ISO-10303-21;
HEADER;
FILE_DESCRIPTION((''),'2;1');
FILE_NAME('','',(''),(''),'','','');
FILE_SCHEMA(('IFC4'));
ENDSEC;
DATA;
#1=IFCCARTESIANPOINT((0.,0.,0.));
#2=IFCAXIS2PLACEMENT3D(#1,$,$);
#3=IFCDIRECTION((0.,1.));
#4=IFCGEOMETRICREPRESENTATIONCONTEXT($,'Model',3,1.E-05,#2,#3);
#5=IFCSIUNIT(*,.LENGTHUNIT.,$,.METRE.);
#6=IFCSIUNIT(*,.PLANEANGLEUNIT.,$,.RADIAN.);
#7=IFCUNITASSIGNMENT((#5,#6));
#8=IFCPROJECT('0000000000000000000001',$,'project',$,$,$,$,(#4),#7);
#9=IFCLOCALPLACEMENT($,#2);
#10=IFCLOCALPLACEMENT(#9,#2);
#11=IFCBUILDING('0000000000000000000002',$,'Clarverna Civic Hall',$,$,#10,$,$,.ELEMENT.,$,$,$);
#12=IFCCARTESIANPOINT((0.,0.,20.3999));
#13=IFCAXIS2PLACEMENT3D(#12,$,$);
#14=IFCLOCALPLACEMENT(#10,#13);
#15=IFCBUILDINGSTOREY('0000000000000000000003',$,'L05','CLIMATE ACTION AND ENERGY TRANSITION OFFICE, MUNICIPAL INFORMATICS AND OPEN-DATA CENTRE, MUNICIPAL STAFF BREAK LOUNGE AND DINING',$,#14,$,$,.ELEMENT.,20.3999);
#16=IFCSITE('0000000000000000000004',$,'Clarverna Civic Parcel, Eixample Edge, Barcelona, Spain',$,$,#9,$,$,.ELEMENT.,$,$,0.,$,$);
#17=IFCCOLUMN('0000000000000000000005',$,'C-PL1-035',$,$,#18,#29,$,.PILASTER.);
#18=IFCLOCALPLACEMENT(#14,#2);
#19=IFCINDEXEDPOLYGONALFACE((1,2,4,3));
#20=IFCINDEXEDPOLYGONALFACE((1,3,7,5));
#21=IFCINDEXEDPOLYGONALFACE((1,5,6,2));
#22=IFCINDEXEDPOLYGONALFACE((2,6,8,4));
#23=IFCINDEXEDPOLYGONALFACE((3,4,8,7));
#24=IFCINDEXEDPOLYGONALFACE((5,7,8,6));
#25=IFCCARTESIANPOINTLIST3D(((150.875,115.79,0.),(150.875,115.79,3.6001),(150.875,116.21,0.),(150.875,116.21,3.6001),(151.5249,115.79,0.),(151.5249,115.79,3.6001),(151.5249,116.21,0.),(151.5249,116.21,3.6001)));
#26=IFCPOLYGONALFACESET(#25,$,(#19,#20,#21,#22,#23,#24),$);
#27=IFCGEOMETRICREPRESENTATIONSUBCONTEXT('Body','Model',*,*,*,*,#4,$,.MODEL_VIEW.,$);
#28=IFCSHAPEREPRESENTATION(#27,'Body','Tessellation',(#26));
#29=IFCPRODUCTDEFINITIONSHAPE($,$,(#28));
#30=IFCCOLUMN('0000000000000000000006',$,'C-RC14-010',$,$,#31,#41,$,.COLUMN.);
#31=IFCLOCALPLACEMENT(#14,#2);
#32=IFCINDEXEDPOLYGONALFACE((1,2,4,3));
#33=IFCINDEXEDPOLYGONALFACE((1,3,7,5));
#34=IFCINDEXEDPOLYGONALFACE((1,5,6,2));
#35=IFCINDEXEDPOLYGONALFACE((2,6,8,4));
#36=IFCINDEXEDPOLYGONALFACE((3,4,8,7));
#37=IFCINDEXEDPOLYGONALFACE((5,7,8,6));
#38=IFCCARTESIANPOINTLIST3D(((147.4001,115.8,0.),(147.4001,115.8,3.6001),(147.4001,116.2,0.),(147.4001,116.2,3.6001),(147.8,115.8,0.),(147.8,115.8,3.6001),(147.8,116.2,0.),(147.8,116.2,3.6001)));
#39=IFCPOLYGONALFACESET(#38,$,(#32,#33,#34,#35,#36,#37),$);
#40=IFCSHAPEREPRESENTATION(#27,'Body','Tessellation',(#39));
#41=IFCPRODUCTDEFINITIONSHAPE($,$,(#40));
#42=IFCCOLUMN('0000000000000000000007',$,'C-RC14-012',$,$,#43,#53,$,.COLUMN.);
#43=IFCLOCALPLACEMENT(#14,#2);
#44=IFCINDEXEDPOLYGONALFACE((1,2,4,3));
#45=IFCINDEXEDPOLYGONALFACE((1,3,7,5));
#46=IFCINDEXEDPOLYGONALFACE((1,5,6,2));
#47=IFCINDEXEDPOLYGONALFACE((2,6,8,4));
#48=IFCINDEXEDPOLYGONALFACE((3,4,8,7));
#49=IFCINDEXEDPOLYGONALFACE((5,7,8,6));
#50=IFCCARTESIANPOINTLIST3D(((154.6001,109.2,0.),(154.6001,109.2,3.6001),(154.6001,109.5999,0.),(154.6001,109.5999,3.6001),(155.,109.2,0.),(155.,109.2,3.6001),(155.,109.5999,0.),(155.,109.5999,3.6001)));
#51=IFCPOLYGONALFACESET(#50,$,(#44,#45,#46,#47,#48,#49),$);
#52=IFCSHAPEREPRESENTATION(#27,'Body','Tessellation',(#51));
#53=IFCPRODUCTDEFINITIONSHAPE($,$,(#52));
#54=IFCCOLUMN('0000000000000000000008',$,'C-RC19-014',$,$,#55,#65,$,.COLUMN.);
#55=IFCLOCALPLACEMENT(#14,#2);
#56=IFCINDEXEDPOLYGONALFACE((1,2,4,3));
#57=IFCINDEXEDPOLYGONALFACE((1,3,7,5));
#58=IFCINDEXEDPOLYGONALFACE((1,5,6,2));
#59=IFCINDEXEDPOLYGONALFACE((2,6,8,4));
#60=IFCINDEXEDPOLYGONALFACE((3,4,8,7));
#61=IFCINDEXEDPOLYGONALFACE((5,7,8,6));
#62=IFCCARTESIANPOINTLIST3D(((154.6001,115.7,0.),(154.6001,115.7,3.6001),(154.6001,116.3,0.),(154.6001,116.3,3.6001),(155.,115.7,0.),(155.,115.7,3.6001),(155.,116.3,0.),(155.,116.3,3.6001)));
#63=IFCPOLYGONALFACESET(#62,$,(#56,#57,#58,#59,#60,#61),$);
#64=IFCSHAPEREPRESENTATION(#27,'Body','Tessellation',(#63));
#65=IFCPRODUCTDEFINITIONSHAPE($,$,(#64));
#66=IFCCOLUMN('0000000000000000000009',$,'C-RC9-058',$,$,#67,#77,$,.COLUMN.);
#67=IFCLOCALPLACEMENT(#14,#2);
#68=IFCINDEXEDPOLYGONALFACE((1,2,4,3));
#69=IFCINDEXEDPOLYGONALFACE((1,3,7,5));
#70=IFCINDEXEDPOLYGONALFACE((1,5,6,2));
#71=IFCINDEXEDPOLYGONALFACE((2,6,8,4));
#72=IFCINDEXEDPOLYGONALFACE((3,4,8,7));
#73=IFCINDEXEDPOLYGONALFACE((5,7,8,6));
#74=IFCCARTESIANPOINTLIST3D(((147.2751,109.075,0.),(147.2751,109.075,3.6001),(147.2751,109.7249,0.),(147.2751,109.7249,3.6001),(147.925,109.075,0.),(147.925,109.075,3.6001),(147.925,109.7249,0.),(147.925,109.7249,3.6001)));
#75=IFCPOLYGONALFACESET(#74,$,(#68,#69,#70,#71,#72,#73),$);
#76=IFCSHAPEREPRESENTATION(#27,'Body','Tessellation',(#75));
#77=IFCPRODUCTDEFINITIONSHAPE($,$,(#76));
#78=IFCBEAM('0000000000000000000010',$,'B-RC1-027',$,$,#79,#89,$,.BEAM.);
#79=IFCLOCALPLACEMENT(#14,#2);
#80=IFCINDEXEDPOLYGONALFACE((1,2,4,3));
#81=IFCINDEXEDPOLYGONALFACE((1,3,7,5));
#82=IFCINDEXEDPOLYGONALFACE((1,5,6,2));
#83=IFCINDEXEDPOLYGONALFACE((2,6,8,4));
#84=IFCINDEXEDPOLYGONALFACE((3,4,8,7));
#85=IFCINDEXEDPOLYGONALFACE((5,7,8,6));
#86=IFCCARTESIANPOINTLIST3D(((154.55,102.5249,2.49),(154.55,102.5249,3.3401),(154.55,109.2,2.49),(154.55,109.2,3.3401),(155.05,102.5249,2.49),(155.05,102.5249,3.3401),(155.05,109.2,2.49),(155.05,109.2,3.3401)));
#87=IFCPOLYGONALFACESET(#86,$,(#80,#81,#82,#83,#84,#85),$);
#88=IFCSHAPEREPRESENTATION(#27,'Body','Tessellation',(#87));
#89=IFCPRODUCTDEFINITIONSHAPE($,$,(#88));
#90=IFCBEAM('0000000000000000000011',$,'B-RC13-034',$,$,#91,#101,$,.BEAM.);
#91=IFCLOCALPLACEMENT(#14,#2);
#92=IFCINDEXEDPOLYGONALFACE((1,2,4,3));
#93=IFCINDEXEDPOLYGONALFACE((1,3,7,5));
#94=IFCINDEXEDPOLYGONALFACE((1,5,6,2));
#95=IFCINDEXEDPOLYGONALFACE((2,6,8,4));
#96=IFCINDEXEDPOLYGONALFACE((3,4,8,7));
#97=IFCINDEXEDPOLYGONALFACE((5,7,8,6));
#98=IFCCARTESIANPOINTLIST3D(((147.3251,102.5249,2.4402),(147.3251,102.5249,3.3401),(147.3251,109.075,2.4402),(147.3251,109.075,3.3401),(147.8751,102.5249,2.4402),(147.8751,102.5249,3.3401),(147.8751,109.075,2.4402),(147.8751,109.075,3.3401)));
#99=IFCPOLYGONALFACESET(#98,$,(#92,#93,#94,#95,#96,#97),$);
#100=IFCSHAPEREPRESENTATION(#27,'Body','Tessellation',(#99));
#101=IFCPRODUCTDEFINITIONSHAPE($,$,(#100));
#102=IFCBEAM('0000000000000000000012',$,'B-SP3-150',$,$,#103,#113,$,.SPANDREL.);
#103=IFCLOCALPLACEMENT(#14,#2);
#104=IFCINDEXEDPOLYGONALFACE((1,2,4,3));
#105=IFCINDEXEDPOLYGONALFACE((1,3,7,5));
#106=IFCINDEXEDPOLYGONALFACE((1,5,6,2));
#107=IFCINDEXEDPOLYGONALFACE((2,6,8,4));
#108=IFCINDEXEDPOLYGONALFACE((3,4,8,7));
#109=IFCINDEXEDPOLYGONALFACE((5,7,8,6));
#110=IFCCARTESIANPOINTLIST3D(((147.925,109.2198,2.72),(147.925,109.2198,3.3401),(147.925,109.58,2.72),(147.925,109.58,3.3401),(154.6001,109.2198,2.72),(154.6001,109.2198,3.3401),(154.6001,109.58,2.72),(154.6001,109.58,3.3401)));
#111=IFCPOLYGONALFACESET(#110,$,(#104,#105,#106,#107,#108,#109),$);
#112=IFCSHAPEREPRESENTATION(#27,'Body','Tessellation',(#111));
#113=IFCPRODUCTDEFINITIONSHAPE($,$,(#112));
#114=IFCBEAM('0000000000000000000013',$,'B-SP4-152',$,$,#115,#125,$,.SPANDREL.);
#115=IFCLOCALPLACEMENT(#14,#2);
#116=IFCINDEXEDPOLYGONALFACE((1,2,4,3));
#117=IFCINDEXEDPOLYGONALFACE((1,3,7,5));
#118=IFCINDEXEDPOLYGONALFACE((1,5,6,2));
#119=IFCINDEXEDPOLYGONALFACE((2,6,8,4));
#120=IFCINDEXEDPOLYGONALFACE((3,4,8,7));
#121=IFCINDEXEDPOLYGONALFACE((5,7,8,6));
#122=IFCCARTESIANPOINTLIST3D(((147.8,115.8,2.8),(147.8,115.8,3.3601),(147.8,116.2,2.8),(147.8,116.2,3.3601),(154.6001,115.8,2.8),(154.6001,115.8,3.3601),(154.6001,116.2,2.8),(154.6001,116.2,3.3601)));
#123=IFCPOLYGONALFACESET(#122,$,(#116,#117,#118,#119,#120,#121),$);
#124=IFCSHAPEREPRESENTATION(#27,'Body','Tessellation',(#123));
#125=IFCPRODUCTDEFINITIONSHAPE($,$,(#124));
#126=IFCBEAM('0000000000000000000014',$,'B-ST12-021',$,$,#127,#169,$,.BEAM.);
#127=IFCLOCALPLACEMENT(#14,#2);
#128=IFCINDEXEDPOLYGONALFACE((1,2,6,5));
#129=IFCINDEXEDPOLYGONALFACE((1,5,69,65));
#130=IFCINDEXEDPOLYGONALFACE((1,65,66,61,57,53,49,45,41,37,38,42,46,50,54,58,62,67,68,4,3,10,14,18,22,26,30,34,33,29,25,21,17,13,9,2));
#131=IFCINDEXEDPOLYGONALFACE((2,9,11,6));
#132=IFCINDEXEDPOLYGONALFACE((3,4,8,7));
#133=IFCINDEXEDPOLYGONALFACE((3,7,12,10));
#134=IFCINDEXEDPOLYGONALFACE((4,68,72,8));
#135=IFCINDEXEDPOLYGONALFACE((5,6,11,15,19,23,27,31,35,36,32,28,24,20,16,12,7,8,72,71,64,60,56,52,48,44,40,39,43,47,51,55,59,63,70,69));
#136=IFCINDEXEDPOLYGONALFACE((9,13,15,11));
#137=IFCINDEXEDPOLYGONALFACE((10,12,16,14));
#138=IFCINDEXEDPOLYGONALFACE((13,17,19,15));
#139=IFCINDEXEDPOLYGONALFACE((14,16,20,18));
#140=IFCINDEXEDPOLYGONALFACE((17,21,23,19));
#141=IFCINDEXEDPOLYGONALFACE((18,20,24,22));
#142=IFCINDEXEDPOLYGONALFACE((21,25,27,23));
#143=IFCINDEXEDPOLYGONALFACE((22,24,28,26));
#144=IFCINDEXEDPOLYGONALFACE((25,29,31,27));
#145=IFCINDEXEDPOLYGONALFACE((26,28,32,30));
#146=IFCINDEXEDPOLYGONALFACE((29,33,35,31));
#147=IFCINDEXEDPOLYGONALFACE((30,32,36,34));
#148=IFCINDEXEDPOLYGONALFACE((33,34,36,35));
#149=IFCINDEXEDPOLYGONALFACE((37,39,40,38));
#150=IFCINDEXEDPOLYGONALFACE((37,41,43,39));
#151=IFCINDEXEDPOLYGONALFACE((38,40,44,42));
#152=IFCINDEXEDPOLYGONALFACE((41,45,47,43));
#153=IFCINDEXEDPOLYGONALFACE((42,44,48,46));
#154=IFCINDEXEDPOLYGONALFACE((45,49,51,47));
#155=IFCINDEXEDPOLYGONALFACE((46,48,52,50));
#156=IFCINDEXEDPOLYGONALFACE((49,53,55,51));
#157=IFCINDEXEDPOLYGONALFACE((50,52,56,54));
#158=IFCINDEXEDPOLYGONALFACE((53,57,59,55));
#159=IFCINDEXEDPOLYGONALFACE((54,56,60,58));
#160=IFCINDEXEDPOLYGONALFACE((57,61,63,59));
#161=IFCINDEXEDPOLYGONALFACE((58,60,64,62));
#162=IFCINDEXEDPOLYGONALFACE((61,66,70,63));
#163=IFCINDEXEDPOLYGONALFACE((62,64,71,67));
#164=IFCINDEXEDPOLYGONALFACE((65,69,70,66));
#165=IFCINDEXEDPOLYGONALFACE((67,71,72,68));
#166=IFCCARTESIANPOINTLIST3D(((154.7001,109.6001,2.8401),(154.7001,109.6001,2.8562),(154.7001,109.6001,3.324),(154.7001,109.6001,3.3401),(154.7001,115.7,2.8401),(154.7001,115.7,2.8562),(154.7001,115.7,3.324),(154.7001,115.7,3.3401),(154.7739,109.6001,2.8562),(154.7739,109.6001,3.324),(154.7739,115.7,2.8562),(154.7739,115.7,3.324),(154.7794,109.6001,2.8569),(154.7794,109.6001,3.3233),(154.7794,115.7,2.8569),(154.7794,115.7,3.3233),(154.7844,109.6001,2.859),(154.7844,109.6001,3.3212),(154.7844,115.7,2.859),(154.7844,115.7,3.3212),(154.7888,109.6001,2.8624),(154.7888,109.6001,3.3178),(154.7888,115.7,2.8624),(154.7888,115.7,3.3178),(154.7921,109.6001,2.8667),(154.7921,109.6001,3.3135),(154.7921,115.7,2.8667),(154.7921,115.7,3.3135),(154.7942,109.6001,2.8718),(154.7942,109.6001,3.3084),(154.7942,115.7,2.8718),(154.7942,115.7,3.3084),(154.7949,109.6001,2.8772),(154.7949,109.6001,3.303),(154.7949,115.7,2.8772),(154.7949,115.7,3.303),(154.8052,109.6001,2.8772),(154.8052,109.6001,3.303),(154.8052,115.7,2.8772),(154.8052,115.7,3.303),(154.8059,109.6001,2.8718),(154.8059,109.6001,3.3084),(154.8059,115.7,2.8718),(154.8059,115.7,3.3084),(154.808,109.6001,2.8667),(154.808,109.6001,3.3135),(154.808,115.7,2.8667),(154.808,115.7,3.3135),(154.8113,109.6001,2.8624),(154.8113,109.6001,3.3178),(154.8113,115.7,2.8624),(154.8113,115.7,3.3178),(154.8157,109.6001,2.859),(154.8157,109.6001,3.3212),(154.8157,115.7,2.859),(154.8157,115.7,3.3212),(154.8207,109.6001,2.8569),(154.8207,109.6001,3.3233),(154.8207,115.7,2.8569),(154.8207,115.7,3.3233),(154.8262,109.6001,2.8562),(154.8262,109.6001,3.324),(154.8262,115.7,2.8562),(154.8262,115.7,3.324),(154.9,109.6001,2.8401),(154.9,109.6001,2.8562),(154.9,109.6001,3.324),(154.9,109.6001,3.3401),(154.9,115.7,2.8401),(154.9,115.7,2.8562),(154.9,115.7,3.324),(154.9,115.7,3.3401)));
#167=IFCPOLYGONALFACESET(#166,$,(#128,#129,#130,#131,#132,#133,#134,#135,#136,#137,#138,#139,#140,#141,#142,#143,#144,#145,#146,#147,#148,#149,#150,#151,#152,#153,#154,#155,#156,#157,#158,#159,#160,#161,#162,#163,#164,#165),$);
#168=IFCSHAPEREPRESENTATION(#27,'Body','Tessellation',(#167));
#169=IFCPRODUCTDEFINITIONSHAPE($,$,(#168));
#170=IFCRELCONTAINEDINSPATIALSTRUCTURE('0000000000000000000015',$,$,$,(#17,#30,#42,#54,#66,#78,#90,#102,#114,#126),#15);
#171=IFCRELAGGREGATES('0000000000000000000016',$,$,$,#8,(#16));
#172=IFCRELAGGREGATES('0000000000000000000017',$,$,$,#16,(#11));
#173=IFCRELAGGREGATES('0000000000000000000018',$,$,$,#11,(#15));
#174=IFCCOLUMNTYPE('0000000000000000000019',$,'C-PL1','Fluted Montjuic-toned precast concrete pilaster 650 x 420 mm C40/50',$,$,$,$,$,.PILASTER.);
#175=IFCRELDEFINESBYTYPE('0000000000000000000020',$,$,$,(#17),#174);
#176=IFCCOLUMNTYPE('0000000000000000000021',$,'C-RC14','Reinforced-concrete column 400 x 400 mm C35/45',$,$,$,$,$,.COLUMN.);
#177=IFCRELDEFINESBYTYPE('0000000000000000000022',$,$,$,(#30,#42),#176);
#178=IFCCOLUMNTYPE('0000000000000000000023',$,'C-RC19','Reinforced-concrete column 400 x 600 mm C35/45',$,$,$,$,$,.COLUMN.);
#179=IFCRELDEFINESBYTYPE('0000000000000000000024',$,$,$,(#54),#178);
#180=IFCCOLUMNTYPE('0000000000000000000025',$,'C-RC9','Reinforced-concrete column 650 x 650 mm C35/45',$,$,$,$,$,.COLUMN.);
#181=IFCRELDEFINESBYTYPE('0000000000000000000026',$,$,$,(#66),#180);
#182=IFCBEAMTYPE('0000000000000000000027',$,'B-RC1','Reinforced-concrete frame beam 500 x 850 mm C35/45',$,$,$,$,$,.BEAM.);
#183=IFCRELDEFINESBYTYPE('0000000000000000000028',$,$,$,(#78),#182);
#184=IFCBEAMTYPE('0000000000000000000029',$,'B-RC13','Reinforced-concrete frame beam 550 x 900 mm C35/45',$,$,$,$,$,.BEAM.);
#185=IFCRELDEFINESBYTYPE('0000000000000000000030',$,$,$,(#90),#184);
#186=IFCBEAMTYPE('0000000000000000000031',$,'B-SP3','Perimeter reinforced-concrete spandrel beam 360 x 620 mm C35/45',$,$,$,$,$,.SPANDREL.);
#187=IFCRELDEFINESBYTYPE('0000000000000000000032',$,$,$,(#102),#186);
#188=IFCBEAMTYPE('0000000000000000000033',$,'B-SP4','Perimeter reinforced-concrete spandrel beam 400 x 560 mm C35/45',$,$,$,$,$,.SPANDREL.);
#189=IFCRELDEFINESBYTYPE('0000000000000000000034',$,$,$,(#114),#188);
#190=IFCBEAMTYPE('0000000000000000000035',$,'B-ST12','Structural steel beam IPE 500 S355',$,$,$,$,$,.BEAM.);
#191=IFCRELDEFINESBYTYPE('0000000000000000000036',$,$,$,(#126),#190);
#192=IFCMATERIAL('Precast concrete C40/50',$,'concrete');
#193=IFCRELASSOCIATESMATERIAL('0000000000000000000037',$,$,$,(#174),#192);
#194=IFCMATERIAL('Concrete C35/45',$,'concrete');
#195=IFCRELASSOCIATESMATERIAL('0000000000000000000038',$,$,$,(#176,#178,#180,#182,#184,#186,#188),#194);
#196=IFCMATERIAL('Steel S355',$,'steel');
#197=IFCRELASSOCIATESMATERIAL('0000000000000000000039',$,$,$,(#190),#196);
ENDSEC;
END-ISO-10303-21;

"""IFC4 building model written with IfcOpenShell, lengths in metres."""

from ifc_helpers import new_model, si_unit, direction, frame, origin, origin_2d, place, context, subcontext, project, spatial, rectangle, i_section, extrude, material, material_profile, profile_set, type_object, element, save


model = new_model("IFC4")

# Units and contexts
model_context = context("Model", 3, precision=1e-05, world=origin(), true_north=direction((0.0, 1.0)))
body_context = subcontext(model_context, "Body", "Model", "MODEL_VIEW")
ifc_project = project(units=[si_unit("LENGTHUNIT", "METRE"), si_unit("PLANEANGLEUNIT", "RADIAN")], contexts=[model_context])

# Site, building, storey
site_placement = place(None, origin())
site = spatial("IfcSite", under=ifc_project, at=site_placement, Name="Clarverna Civic Parcel, Eixample Edge, Barcelona, Spain", CompositionType="ELEMENT", RefElevation=0.0)
building_placement = place(site_placement, origin())
building = spatial("IfcBuilding", under=site, at=building_placement, Name="Clarverna Civic Hall", CompositionType="ELEMENT")
storey_placement = place(building_placement, frame((0.0, 0.0, 20.3999)))
storey = spatial("IfcBuildingStorey", under=building, at=storey_placement, Name="L05", Description="CLIMATE ACTION AND ENERGY TRANSITION OFFICE, MUNICIPAL INFORMATICS AND OPEN-DATA CENTRE, MUNICIPAL STAFF BREAK LOUNGE AND DINING", CompositionType="ELEMENT", Elevation=20.3999)

# Columns
ifc_material_1 = material(Name="Precast concrete C40/50", Category="concrete")
ifc_material_profile_1 = material_profile(ifc_material_1, rectangle(XDim=0.6499, YDim=0.4199, at=origin_2d()), Name="PILASTER 650x420")
ifc_profile_set_1 = profile_set([ifc_material_profile_1], Name="Precast concrete C40/50")
column_type_1 = type_object("IfcColumnType", Name="C-PL1", Description="Fluted Montjuic-toned precast concrete pilaster 650 x 420 mm C40/50", PredefinedType="PILASTER", material=ifc_profile_set_1)
column_1_placement = place(storey_placement, frame((151.2, 116.0, 0.0), z_axis=(0.0, 0.0, 1.0), x_axis=(1.0, 0.0, 0.0)))
element("IfcColumn", 1, at=column_1_placement, inside=storey, type_object=column_type_1, Name="C-PL1-035", PredefinedType="PILASTER", context=body_context, shape_type="SweptSolid", body=[
    extrude(rectangle(XDim=0.6499, YDim=0.4199, at=origin_2d()), origin(), (0.0, 0.0, 1.0), 3.6001),
])
ifc_material_2 = material(Name="Concrete C35/45", Category="concrete")
ifc_material_profile_2 = material_profile(ifc_material_2, rectangle(XDim=0.3999, YDim=0.3999, at=origin_2d()), Name="RC 400x400")
ifc_profile_set_2 = profile_set([ifc_material_profile_2], Name="Concrete C35/45")
column_type_2 = type_object("IfcColumnType", Name="C-RC14", Description="Reinforced-concrete column 400 x 400 mm C35/45", PredefinedType="COLUMN", material=ifc_profile_set_2)
for number, where, z_axis, x_axis, name in (
    (2, (147.6001, 116.0, 0.0), (0.0, 0.0, 1.0), (1.0, 0.0, 0.0), "C-RC14-010"),
    (3, (154.8, 109.3999, 0.0), (0.0, 0.0, 1.0), (1.0, 0.0, 0.0), "C-RC14-012"),
):
    element("IfcColumn", number, at=place(storey_placement, frame(where, z_axis=z_axis, x_axis=x_axis)), inside=storey, type_object=column_type_2, Name=name, PredefinedType="COLUMN", context=body_context, shape_type="SweptSolid", body=[
        extrude(rectangle(XDim=0.3999, YDim=0.3999, at=origin_2d()), origin(), (0.0, 0.0, 1.0), 3.6001),
    ])
ifc_material_profile_3 = material_profile(ifc_material_2, rectangle(XDim=0.3999, YDim=0.6001, at=origin_2d()), Name="RC 400x600")
ifc_profile_set_3 = profile_set([ifc_material_profile_3], Name="Concrete C35/45")
column_type_3 = type_object("IfcColumnType", Name="C-RC19", Description="Reinforced-concrete column 400 x 600 mm C35/45", PredefinedType="COLUMN", material=ifc_profile_set_3)
column_2_placement = place(storey_placement, frame((154.8, 116.0, 0.0), z_axis=(0.0, 0.0, 1.0), x_axis=(1.0, 0.0, 0.0)))
element("IfcColumn", 4, at=column_2_placement, inside=storey, type_object=column_type_3, Name="C-RC19-014", PredefinedType="COLUMN", context=body_context, shape_type="SweptSolid", body=[
    extrude(rectangle(XDim=0.3999, YDim=0.6001, at=origin_2d()), origin(), (0.0, 0.0, 1.0), 3.6001),
])
ifc_material_profile_4 = material_profile(ifc_material_2, rectangle(XDim=0.6499, YDim=0.6499, at=origin_2d()), Name="RC 650x650")
ifc_profile_set_4 = profile_set([ifc_material_profile_4], Name="Concrete C35/45")
column_type_4 = type_object("IfcColumnType", Name="C-RC9", Description="Reinforced-concrete column 650 x 650 mm C35/45", PredefinedType="COLUMN", material=ifc_profile_set_4)
column_3_placement = place(storey_placement, frame((147.6001, 109.3999, 0.0), z_axis=(0.0, 0.0, 1.0), x_axis=(1.0, 0.0, 0.0)))
element("IfcColumn", 5, at=column_3_placement, inside=storey, type_object=column_type_4, Name="C-RC9-058", PredefinedType="COLUMN", context=body_context, shape_type="SweptSolid", body=[
    extrude(rectangle(XDim=0.6499, YDim=0.6499, at=origin_2d()), origin(), (0.0, 0.0, 1.0), 3.6001),
])

# Beams
ifc_material_profile_5 = material_profile(ifc_material_2, rectangle(XDim=0.5, YDim=0.8501, at=origin_2d()), Name="RC 500x850")
ifc_profile_set_5 = profile_set([ifc_material_profile_5], Name="Concrete C35/45")
beam_type_1 = type_object("IfcBeamType", Name="B-RC1", Description="Reinforced-concrete frame beam 500 x 850 mm C35/45", PredefinedType="BEAM", material=ifc_profile_set_5)
beam_1_placement = place(storey_placement, frame((154.8, 102.5249, 2.915), z_axis=(0.0, 1.0, 0.0), x_axis=(-1.0, 0.0, 0.0)))
element("IfcBeam", 6, at=beam_1_placement, inside=storey, type_object=beam_type_1, Name="B-RC1-027", PredefinedType="BEAM", context=body_context, shape_type="SweptSolid", body=[
    extrude(rectangle(XDim=0.5, YDim=0.8501, at=origin_2d()), origin(), (0.0, 0.0, 1.0), 6.675),
])
ifc_material_profile_6 = material_profile(ifc_material_2, rectangle(XDim=0.55, YDim=0.8999, at=origin_2d()), Name="RC 550x900")
ifc_profile_set_6 = profile_set([ifc_material_profile_6], Name="Concrete C35/45")
beam_type_2 = type_object("IfcBeamType", Name="B-RC13", Description="Reinforced-concrete frame beam 550 x 900 mm C35/45", PredefinedType="BEAM", material=ifc_profile_set_6)
beam_2_placement = place(storey_placement, frame((147.6001, 102.5249, 2.8901), z_axis=(0.0, 1.0, 0.0), x_axis=(-1.0, 0.0, 0.0)))
element("IfcBeam", 7, at=beam_2_placement, inside=storey, type_object=beam_type_2, Name="B-RC13-034", PredefinedType="BEAM", context=body_context, shape_type="SweptSolid", body=[
    extrude(rectangle(XDim=0.55, YDim=0.8999, at=origin_2d()), origin(), (0.0, 0.0, 1.0), 6.55),
])
ifc_material_profile_7 = material_profile(ifc_material_2, rectangle(XDim=0.3601, YDim=0.6201, at=origin_2d()), Name="RC 360x620")
ifc_profile_set_7 = profile_set([ifc_material_profile_7], Name="Concrete C35/45")
beam_type_3 = type_object("IfcBeamType", Name="B-SP3", Description="Perimeter reinforced-concrete spandrel beam 360 x 620 mm C35/45", PredefinedType="SPANDREL", material=ifc_profile_set_7)
beam_3_placement = place(storey_placement, frame((147.925, 109.3999, 3.03), z_axis=(1.0, 0.0, 0.0), x_axis=(0.0, 1.0, 0.0)))
element("IfcBeam", 8, at=beam_3_placement, inside=storey, type_object=beam_type_3, Name="B-SP3-150", PredefinedType="SPANDREL", context=body_context, shape_type="SweptSolid", body=[
    extrude(rectangle(XDim=0.3601, YDim=0.6201, at=origin_2d()), origin(), (0.0, 0.0, 1.0), 6.675),
])
ifc_material_profile_8 = material_profile(ifc_material_2, rectangle(XDim=0.3999, YDim=0.5601, at=origin_2d()), Name="RC 400x560")
ifc_profile_set_8 = profile_set([ifc_material_profile_8], Name="Concrete C35/45")
beam_type_4 = type_object("IfcBeamType", Name="B-SP4", Description="Perimeter reinforced-concrete spandrel beam 400 x 560 mm C35/45", PredefinedType="SPANDREL", material=ifc_profile_set_8)
beam_4_placement = place(storey_placement, frame((147.8, 116.0, 3.0801), z_axis=(1.0, 0.0, 0.0), x_axis=(0.0, 1.0, 0.0)))
element("IfcBeam", 9, at=beam_4_placement, inside=storey, type_object=beam_type_4, Name="B-SP4-152", PredefinedType="SPANDREL", context=body_context, shape_type="SweptSolid", body=[
    extrude(rectangle(XDim=0.3999, YDim=0.5601, at=origin_2d()), origin(), (0.0, 0.0, 1.0), 6.8),
])
ifc_material_3 = material(Name="Steel S355", Category="steel")
ifc_material_profile_9 = material_profile(ifc_material_3, i_section(OverallWidth=0.2, OverallDepth=0.5, WebThickness=0.0103, FlangeThickness=0.0161, FilletRadius=0.021, at=origin_2d()), Name="IPE 500")
ifc_profile_set_9 = profile_set([ifc_material_profile_9], Name="Steel S355")
beam_type_5 = type_object("IfcBeamType", Name="B-ST12", Description="Structural steel beam IPE 500 S355", PredefinedType="BEAM", material=ifc_profile_set_9)
beam_5_placement = place(storey_placement, frame((154.8, 109.6001, 3.0901), z_axis=(0.0, 1.0, 0.0), x_axis=(-1.0, 0.0, 0.0)))
element("IfcBeam", 10, at=beam_5_placement, inside=storey, type_object=beam_type_5, Name="B-ST12-021", PredefinedType="BEAM", context=body_context, shape_type="SweptSolid", body=[
    extrude(i_section(OverallWidth=0.2, OverallDepth=0.5, WebThickness=0.0103, FlangeThickness=0.0161, FilletRadius=0.021, at=origin_2d()), origin(), (0.0, 0.0, 1.0), 6.0999),
])

save(model, "model.ifc")
